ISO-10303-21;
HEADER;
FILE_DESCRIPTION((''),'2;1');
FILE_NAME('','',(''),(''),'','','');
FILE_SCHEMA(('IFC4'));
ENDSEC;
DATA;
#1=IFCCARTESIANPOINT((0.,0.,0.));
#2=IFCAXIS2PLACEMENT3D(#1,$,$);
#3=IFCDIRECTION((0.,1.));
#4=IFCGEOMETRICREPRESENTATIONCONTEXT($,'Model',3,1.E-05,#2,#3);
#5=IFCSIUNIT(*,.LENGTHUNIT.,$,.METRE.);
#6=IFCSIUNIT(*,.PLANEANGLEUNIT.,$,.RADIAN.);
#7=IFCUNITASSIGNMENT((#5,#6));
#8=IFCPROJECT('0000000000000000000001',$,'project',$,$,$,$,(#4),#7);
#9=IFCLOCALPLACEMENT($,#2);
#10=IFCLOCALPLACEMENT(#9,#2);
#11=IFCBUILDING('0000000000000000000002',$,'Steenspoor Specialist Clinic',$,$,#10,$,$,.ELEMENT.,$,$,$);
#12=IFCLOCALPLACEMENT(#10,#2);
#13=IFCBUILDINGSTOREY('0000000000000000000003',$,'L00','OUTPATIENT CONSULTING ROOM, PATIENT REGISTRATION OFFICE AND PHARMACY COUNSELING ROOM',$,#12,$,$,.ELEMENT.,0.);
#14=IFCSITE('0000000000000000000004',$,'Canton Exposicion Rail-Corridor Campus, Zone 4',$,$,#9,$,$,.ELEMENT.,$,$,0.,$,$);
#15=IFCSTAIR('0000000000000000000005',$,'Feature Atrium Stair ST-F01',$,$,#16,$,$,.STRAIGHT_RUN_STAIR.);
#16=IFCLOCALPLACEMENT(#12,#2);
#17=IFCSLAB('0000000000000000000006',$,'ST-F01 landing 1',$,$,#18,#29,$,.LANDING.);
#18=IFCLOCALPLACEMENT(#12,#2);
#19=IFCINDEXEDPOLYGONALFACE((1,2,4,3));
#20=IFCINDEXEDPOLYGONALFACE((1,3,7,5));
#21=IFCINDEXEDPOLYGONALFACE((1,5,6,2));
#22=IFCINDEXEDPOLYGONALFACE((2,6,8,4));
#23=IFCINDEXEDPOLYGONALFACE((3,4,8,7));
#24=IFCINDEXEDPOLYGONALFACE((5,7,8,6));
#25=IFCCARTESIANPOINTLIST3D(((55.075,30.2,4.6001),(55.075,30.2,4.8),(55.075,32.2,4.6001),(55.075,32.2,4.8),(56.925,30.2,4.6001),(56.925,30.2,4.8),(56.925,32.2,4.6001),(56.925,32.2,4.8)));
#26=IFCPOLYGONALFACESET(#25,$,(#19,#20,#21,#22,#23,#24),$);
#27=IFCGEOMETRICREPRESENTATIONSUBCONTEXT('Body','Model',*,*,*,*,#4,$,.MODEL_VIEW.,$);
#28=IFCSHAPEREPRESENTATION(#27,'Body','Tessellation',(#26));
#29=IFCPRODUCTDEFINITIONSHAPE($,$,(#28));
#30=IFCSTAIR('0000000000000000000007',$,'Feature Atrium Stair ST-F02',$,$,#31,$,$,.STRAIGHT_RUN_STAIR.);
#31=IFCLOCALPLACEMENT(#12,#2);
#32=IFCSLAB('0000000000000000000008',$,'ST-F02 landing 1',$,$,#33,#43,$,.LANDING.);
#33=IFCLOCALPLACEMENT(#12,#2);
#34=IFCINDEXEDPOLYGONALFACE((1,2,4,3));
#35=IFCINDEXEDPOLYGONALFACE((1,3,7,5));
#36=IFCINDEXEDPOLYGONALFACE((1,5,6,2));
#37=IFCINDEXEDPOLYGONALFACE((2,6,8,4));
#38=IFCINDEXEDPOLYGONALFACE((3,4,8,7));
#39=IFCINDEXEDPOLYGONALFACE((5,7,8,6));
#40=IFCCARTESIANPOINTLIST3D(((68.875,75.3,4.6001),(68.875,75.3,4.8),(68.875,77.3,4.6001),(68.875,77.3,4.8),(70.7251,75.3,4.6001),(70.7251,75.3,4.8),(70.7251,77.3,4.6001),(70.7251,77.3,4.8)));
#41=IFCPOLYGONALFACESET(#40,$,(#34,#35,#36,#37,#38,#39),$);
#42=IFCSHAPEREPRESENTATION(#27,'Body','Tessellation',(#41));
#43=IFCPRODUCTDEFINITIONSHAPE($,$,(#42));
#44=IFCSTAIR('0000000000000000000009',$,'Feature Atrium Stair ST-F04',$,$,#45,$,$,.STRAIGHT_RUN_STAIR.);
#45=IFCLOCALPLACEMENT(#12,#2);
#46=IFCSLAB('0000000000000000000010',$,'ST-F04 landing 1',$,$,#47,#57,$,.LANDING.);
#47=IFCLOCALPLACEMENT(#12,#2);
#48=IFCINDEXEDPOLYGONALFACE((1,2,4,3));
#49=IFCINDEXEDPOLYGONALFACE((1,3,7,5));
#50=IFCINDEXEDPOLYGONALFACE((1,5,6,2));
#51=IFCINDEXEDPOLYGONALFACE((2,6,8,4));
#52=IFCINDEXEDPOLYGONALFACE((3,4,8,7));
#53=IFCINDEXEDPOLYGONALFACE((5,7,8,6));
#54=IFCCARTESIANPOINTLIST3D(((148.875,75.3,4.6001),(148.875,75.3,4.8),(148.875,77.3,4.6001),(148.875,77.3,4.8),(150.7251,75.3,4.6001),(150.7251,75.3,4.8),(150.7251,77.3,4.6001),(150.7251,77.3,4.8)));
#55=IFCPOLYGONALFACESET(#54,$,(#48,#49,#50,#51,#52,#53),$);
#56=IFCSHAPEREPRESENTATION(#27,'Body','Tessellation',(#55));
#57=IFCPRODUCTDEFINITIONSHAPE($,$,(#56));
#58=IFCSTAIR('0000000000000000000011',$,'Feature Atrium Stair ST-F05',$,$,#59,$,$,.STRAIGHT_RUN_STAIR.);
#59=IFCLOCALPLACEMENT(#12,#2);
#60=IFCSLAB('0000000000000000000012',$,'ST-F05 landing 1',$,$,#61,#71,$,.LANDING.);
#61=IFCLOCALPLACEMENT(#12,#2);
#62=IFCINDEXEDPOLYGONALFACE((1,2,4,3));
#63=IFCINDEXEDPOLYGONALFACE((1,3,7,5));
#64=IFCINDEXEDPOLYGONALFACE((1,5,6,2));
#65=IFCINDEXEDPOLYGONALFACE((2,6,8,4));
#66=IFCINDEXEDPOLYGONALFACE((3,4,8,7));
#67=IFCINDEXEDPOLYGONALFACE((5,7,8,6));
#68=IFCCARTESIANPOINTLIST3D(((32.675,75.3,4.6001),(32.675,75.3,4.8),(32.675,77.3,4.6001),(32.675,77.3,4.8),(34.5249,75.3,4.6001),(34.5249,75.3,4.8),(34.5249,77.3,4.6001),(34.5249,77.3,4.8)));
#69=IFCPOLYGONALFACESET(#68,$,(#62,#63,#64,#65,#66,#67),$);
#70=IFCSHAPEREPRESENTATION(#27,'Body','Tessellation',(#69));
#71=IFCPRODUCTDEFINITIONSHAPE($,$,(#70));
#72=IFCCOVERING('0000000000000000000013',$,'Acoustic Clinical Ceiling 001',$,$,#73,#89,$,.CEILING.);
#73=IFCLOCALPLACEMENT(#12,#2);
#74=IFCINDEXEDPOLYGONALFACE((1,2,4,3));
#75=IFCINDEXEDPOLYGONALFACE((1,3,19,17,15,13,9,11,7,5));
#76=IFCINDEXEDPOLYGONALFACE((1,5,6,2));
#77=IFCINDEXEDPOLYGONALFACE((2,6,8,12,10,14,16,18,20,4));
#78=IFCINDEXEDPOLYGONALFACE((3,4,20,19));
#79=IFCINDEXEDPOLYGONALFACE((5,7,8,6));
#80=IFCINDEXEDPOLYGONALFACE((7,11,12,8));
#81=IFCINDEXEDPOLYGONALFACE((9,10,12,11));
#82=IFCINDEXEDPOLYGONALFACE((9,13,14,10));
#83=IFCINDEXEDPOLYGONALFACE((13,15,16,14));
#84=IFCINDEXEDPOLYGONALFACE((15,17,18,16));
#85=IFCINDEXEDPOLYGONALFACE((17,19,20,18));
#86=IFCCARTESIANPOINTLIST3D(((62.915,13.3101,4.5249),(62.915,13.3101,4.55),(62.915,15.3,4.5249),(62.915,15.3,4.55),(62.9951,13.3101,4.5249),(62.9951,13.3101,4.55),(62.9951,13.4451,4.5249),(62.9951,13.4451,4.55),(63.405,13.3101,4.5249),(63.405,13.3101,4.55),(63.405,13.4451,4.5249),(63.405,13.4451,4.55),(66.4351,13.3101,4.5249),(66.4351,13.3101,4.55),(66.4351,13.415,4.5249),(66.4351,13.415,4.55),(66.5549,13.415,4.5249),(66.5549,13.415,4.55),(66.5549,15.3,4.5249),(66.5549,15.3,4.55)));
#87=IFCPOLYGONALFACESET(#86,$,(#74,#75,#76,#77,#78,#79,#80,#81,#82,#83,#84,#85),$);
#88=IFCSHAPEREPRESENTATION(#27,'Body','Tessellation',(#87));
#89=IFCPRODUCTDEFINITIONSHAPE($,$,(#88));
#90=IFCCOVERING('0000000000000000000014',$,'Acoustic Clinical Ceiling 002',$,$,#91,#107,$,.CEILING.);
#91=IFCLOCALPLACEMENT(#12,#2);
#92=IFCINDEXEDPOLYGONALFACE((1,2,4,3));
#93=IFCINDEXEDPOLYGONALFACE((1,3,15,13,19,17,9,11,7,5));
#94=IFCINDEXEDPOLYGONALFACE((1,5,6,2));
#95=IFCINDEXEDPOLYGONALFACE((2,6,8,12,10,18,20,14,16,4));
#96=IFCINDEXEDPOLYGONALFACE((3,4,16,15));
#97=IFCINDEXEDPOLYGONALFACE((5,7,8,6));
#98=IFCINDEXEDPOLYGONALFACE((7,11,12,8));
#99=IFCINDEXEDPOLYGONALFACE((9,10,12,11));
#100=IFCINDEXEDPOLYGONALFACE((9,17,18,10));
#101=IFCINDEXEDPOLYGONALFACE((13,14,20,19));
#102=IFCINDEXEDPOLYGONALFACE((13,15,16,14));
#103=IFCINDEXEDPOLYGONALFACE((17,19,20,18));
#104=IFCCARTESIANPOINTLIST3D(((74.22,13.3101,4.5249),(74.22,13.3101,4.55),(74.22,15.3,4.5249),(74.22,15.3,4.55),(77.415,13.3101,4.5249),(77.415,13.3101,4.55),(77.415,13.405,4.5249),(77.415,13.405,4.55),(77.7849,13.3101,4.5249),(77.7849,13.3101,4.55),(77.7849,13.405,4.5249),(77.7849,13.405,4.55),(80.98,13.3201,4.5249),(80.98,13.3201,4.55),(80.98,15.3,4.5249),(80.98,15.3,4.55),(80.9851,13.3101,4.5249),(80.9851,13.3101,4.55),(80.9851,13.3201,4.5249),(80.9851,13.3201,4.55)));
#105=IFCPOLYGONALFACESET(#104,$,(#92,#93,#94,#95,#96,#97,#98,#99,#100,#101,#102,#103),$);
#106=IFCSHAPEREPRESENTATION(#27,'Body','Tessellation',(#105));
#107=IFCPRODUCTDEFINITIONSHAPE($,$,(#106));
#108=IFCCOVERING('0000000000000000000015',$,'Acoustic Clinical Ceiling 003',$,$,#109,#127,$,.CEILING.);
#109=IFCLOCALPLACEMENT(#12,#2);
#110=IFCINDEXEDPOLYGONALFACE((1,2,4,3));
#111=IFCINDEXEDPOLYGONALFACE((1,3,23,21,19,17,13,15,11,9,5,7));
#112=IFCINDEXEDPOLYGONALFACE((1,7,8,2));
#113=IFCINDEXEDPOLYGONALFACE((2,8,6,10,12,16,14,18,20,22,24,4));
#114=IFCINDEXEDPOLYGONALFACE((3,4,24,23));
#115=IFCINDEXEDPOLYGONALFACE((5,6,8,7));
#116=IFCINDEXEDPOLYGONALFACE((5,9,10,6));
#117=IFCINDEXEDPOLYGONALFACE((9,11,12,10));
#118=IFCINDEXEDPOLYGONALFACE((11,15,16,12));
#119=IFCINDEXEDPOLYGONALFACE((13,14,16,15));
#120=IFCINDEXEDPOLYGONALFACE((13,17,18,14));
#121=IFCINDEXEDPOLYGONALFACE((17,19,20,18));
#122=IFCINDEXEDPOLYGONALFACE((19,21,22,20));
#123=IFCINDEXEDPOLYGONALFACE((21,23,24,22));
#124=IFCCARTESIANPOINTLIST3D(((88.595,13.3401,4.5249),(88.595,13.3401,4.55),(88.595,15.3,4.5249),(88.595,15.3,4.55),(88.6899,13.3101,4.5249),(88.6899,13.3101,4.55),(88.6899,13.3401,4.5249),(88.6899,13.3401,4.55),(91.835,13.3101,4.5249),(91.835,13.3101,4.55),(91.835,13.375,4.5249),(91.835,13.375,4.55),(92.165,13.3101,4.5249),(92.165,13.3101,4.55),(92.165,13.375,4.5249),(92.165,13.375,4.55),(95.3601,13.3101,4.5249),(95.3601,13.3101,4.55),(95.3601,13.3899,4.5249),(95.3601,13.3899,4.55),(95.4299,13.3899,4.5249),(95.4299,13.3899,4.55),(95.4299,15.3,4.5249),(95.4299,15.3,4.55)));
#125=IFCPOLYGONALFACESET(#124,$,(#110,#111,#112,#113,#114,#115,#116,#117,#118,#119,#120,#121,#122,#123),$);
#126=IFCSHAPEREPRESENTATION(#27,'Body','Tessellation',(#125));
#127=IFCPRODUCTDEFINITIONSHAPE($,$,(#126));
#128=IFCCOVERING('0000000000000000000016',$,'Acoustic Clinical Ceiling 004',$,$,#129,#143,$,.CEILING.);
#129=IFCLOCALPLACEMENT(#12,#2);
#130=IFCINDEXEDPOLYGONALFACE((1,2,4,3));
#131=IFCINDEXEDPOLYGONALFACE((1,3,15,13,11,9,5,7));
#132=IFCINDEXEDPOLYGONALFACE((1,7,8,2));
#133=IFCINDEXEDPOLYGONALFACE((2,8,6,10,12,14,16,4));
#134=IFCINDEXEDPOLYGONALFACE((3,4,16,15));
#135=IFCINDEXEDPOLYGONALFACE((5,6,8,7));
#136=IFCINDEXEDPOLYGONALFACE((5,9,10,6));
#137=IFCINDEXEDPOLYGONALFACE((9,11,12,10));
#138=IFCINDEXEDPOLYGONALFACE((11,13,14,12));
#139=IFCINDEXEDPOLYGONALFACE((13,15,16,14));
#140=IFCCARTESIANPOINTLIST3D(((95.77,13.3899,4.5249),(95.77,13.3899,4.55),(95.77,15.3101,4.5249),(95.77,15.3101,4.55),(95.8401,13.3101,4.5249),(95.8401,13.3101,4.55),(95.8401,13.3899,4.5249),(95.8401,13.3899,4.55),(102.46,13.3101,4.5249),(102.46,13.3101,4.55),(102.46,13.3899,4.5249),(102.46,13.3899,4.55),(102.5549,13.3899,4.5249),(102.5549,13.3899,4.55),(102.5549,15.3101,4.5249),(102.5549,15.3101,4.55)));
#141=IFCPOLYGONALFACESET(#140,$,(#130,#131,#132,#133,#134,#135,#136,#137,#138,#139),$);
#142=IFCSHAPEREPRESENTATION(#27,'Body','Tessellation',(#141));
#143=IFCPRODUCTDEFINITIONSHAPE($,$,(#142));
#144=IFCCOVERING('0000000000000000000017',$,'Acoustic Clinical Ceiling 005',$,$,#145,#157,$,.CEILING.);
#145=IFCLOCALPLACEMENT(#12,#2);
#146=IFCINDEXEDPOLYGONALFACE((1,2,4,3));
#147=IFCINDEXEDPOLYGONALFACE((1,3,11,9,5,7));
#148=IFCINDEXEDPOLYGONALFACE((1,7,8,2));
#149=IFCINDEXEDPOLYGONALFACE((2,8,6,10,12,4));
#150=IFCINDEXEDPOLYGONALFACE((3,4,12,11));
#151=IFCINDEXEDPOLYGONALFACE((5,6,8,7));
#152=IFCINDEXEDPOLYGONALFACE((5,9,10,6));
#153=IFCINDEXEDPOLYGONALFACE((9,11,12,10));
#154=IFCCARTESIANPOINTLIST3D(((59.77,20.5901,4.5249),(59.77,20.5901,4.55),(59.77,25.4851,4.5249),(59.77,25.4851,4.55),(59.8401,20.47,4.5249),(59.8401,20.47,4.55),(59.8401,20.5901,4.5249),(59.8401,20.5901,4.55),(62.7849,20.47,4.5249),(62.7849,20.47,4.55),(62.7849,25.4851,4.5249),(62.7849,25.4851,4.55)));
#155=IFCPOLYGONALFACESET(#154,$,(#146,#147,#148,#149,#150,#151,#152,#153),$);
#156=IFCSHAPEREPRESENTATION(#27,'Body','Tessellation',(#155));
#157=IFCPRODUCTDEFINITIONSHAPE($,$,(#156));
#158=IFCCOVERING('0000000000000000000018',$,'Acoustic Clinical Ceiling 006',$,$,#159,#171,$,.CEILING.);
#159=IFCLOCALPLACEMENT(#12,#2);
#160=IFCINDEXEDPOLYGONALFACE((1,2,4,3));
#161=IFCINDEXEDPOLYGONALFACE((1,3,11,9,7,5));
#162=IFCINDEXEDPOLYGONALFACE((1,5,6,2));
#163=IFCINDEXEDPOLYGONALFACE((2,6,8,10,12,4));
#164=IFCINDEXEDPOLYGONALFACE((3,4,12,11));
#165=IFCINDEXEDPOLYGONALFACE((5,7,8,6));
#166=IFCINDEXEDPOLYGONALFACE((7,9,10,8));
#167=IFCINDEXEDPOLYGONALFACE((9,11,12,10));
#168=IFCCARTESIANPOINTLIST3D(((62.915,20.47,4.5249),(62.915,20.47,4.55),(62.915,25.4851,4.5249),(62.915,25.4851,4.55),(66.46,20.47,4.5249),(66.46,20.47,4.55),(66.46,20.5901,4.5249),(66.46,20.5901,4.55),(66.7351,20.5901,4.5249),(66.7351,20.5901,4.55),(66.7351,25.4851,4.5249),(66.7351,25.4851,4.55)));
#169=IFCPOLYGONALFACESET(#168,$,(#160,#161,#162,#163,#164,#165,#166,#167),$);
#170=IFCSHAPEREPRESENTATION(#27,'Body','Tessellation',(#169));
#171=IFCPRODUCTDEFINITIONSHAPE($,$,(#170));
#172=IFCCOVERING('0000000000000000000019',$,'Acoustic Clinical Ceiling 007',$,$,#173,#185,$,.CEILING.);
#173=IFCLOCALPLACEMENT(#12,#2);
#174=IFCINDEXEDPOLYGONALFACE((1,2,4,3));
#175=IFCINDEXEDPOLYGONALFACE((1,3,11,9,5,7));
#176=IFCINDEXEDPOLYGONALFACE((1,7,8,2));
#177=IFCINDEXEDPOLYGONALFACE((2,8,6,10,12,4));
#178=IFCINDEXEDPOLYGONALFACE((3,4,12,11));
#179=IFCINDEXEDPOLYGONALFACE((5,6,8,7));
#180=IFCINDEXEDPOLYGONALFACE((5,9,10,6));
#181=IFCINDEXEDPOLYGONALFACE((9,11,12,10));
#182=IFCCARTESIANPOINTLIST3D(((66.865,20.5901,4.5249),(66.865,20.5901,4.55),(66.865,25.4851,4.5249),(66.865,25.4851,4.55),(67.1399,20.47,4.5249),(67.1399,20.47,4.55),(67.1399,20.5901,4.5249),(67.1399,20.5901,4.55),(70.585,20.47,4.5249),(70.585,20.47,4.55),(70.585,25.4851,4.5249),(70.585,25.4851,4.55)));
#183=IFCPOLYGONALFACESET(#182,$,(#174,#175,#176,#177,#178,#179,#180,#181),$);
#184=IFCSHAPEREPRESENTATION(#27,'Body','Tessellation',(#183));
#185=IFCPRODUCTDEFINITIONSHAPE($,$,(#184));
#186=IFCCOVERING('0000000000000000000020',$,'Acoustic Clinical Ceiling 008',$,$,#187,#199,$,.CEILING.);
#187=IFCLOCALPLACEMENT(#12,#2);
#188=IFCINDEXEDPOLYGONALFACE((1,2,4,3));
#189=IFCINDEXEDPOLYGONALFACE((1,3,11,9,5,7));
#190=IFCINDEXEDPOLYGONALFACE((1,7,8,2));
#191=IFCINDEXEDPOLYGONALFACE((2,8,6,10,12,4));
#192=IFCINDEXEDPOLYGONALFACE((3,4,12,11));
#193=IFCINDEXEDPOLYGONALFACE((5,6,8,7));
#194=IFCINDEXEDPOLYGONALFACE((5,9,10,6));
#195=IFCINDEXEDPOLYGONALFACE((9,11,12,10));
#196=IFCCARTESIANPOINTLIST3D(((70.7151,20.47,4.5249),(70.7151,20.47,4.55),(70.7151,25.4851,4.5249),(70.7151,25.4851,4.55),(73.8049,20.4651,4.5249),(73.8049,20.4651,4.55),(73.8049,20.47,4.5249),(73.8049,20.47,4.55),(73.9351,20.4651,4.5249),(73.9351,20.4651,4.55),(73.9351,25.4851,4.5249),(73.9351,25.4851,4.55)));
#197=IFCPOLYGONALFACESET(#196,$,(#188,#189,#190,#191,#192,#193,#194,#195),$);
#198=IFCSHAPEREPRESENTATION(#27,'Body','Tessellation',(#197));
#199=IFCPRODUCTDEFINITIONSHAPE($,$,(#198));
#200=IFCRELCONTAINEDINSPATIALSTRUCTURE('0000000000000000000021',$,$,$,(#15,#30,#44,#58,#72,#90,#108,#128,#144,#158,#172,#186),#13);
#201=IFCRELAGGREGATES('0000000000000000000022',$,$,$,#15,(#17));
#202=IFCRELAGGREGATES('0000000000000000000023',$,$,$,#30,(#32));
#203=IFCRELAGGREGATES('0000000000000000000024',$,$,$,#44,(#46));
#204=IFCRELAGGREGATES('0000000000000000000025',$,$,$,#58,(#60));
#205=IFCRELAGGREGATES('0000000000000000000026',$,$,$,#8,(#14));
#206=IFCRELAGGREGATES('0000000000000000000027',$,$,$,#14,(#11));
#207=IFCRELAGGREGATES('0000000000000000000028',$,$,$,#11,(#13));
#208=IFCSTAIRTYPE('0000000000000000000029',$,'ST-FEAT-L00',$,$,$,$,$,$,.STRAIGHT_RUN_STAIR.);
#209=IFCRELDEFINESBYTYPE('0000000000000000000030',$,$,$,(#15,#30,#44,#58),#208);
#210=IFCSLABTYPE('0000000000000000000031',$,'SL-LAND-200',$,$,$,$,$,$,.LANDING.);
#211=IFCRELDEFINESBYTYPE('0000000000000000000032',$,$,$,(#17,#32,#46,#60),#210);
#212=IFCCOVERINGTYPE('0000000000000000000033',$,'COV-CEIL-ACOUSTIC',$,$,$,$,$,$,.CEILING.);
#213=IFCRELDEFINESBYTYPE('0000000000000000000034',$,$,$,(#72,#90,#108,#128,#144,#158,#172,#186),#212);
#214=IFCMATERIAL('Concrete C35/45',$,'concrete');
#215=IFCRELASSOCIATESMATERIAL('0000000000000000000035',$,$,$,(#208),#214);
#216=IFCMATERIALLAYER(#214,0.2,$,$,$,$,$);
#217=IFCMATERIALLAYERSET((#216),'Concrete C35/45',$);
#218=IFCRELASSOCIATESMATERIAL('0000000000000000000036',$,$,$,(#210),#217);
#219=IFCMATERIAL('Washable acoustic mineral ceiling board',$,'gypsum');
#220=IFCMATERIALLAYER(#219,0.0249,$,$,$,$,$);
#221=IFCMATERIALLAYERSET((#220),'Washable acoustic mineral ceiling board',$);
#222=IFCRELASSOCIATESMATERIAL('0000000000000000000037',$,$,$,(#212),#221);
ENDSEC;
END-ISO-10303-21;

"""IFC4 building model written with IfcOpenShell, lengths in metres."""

from ifc_helpers import new_model, si_unit, direction, frame, origin, place, context, subcontext, project, spatial, polyline, outline, extrude, material, layer, layer_set, type_object, element, aggregate, save


model = new_model("IFC4")

# Units and contexts
model_context = context("Model", 3, precision=1e-05, world=origin(), true_north=direction((0.0, 1.0)))
body_context = subcontext(model_context, "Body", "Model", "MODEL_VIEW")
ifc_project = project(units=[si_unit("LENGTHUNIT", "METRE"), si_unit("PLANEANGLEUNIT", "RADIAN")], contexts=[model_context])

# Site, building, storey
site_placement = place(None, origin())
site = spatial("IfcSite", under=ifc_project, at=site_placement, Name="Canton Exposicion Rail-Corridor Campus, Zone 4", CompositionType="ELEMENT", RefElevation=0.0)
building_placement = place(site_placement, origin())
building = spatial("IfcBuilding", under=site, at=building_placement, Name="Steenspoor Specialist Clinic", CompositionType="ELEMENT")
storey_placement = place(building_placement, origin())
storey = spatial("IfcBuildingStorey", under=building, at=storey_placement, Name="L00", Description="OUTPATIENT CONSULTING ROOM, PATIENT REGISTRATION OFFICE AND PHARMACY COUNSELING ROOM", CompositionType="ELEMENT", Elevation=0.0)

# Stairs, slabs
ifc_material_1 = material(Name="Concrete C35/45", Category="concrete")
stair_type = type_object("IfcStairType", Name="ST-FEAT-L00", PredefinedType="STRAIGHT_RUN_STAIR", material=ifc_material_1)
stair_1_placement = place(storey_placement, origin())
stair_1 = element("IfcStair", 1, at=stair_1_placement, inside=storey, type_object=stair_type, Name="Feature Atrium Stair ST-F01", PredefinedType="STRAIGHT_RUN_STAIR")
ifc_layer_1 = layer(ifc_material_1, 0.2)
ifc_layer_set_1 = layer_set([ifc_layer_1], Name="Concrete C35/45")
slab_type = type_object("IfcSlabType", Name="SL-LAND-200", PredefinedType="LANDING", material=ifc_layer_set_1)
slab_1_placement = place(storey_placement, frame((0.0, 0.0, 4.6001)))
slab_1 = element("IfcSlab", 2, at=slab_1_placement, type_object=slab_type, Name="ST-F01 landing 1", PredefinedType="LANDING", context=body_context, shape_type="SweptSolid", body=[
    extrude(outline(polyline([(55.075, 30.2), (56.925, 30.2), (56.925, 32.2), (55.075, 32.2), (55.075, 30.2)])), origin(), (0.0, 0.0, 1.0), 0.2),
])
aggregate(stair_1, [slab_1])
stair_2_placement = place(storey_placement, origin())
stair_2 = element("IfcStair", 3, at=stair_2_placement, inside=storey, type_object=stair_type, Name="Feature Atrium Stair ST-F02", PredefinedType="STRAIGHT_RUN_STAIR")
slab_2_placement = place(storey_placement, frame((0.0, 0.0, 4.6001)))
slab_2 = element("IfcSlab", 4, at=slab_2_placement, type_object=slab_type, Name="ST-F02 landing 1", PredefinedType="LANDING", context=body_context, shape_type="SweptSolid", body=[
    extrude(outline(polyline([(68.875, 75.3), (70.7251, 75.3), (70.7251, 77.3), (68.875, 77.3), (68.875, 75.3)])), origin(), (0.0, 0.0, 1.0), 0.2),
])
aggregate(stair_2, [slab_2])
stair_3_placement = place(storey_placement, origin())
stair_3 = element("IfcStair", 5, at=stair_3_placement, inside=storey, type_object=stair_type, Name="Feature Atrium Stair ST-F04", PredefinedType="STRAIGHT_RUN_STAIR")
slab_3_placement = place(storey_placement, frame((0.0, 0.0, 4.6001)))
slab_3 = element("IfcSlab", 6, at=slab_3_placement, type_object=slab_type, Name="ST-F04 landing 1", PredefinedType="LANDING", context=body_context, shape_type="SweptSolid", body=[
    extrude(outline(polyline([(148.875, 75.3), (150.7251, 75.3), (150.7251, 77.3), (148.875, 77.3), (148.875, 75.3)])), origin(), (0.0, 0.0, 1.0), 0.2),
])
aggregate(stair_3, [slab_3])
stair_4_placement = place(storey_placement, origin())
stair_4 = element("IfcStair", 7, at=stair_4_placement, inside=storey, type_object=stair_type, Name="Feature Atrium Stair ST-F05", PredefinedType="STRAIGHT_RUN_STAIR")
slab_4_placement = place(storey_placement, frame((0.0, 0.0, 4.6001)))
slab_4 = element("IfcSlab", 8, at=slab_4_placement, type_object=slab_type, Name="ST-F05 landing 1", PredefinedType="LANDING", context=body_context, shape_type="SweptSolid", body=[
    extrude(outline(polyline([(32.675, 75.3), (34.5249, 75.3), (34.5249, 77.3), (32.675, 77.3), (32.675, 75.3)])), origin(), (0.0, 0.0, 1.0), 0.2),
])
aggregate(stair_4, [slab_4])

# Coverings
ifc_material_2 = material(Name="Washable acoustic mineral ceiling board", Category="gypsum")
ifc_layer_2 = layer(ifc_material_2, 0.0249)
ifc_layer_set_2 = layer_set([ifc_layer_2], Name="Washable acoustic mineral ceiling board")
covering_type = type_object("IfcCoveringType", Name="COV-CEIL-ACOUSTIC", PredefinedType="CEILING", material=ifc_layer_set_2)
covering_1_placement = place(storey_placement, frame((0.0, 0.0, 4.5249)))
element("IfcCovering", 9, at=covering_1_placement, inside=storey, type_object=covering_type, Name="Acoustic Clinical Ceiling 001", PredefinedType="CEILING", context=body_context, shape_type="SweptSolid", body=[
    extrude(outline(polyline([(63.405, 13.3101), (63.405, 13.4451), (62.9951, 13.4451), (62.9951, 13.3101), (62.915, 13.3101), (62.915, 15.3), (66.5549, 15.3), (66.5549, 13.415), (66.4351, 13.415), (66.4351, 13.3101), (63.405, 13.3101)])), origin(), (0.0, 0.0, 1.0), 0.0251),
])
covering_2_placement = place(storey_placement, frame((0.0, 0.0, 4.5249)))
element("IfcCovering", 10, at=covering_2_placement, inside=storey, type_object=covering_type, Name="Acoustic Clinical Ceiling 002", PredefinedType="CEILING", context=body_context, shape_type="SweptSolid", body=[
    extrude(outline(polyline([(77.7849, 13.3101), (77.7849, 13.405), (77.415, 13.405), (77.415, 13.3101), (74.22, 13.3101), (74.22, 15.3), (80.98, 15.3), (80.98, 13.3201), (80.9851, 13.3201), (80.9851, 13.3101), (77.7849, 13.3101)])), origin(), (0.0, 0.0, 1.0), 0.0251),
])
covering_3_placement = place(storey_placement, frame((0.0, 0.0, 4.5249)))
element("IfcCovering", 11, at=covering_3_placement, inside=storey, type_object=covering_type, Name="Acoustic Clinical Ceiling 003", PredefinedType="CEILING", context=body_context, shape_type="SweptSolid", body=[
    extrude(outline(polyline([(92.165, 13.3101), (92.165, 13.375), (91.835, 13.375), (91.835, 13.3101), (88.6899, 13.3101), (88.6899, 13.3401), (88.595, 13.3401), (88.595, 15.3), (95.4299, 15.3), (95.4299, 13.3899), (95.3601, 13.3899), (95.3601, 13.3101), (92.165, 13.3101)])), origin(), (0.0, 0.0, 1.0), 0.0251),
])
covering_4_placement = place(storey_placement, frame((0.0, 0.0, 4.5249)))
element("IfcCovering", 12, at=covering_4_placement, inside=storey, type_object=covering_type, Name="Acoustic Clinical Ceiling 004", PredefinedType="CEILING", context=body_context, shape_type="SweptSolid", body=[
    extrude(outline(polyline([(95.8401, 13.3101), (95.8401, 13.3899), (95.77, 13.3899), (95.77, 15.3101), (102.5549, 15.3101), (102.5549, 13.3899), (102.46, 13.3899), (102.46, 13.3101), (95.8401, 13.3101)])), origin(), (0.0, 0.0, 1.0), 0.0251),
])
covering_5_placement = place(storey_placement, frame((0.0, 0.0, 4.5249)))
element("IfcCovering", 13, at=covering_5_placement, inside=storey, type_object=covering_type, Name="Acoustic Clinical Ceiling 005", PredefinedType="CEILING", context=body_context, shape_type="SweptSolid", body=[
    extrude(outline(polyline([(62.7849, 20.47), (59.8401, 20.47), (59.8401, 20.5901), (59.77, 20.5901), (59.77, 25.4851), (62.7849, 25.4851), (62.7849, 20.47)])), origin(), (0.0, 0.0, 1.0), 0.0251),
])
covering_6_placement = place(storey_placement, frame((0.0, 0.0, 4.5249)))
element("IfcCovering", 14, at=covering_6_placement, inside=storey, type_object=covering_type, Name="Acoustic Clinical Ceiling 006", PredefinedType="CEILING", context=body_context, shape_type="SweptSolid", body=[
    extrude(outline(polyline([(66.7351, 20.5901), (66.46, 20.5901), (66.46, 20.47), (62.915, 20.47), (62.915, 25.4851), (66.7351, 25.4851), (66.7351, 20.5901)])), origin(), (0.0, 0.0, 1.0), 0.0251),
])
covering_7_placement = place(storey_placement, frame((0.0, 0.0, 4.5249)))
element("IfcCovering", 15, at=covering_7_placement, inside=storey, type_object=covering_type, Name="Acoustic Clinical Ceiling 007", PredefinedType="CEILING", context=body_context, shape_type="SweptSolid", body=[
    extrude(outline(polyline([(70.585, 20.47), (67.1399, 20.47), (67.1399, 20.5901), (66.865, 20.5901), (66.865, 25.4851), (70.585, 25.4851), (70.585, 20.47)])), origin(), (0.0, 0.0, 1.0), 0.0251),
])
covering_8_placement = place(storey_placement, frame((0.0, 0.0, 4.5249)))
element("IfcCovering", 16, at=covering_8_placement, inside=storey, type_object=covering_type, Name="Acoustic Clinical Ceiling 008", PredefinedType="CEILING", context=body_context, shape_type="SweptSolid", body=[
    extrude(outline(polyline([(73.9351, 20.4651), (73.8049, 20.4651), (73.8049, 20.47), (70.7151, 20.47), (70.7151, 25.4851), (73.9351, 25.4851), (73.9351, 20.4651)])), origin(), (0.0, 0.0, 1.0), 0.0251),
])

save(model, "model.ifc")
